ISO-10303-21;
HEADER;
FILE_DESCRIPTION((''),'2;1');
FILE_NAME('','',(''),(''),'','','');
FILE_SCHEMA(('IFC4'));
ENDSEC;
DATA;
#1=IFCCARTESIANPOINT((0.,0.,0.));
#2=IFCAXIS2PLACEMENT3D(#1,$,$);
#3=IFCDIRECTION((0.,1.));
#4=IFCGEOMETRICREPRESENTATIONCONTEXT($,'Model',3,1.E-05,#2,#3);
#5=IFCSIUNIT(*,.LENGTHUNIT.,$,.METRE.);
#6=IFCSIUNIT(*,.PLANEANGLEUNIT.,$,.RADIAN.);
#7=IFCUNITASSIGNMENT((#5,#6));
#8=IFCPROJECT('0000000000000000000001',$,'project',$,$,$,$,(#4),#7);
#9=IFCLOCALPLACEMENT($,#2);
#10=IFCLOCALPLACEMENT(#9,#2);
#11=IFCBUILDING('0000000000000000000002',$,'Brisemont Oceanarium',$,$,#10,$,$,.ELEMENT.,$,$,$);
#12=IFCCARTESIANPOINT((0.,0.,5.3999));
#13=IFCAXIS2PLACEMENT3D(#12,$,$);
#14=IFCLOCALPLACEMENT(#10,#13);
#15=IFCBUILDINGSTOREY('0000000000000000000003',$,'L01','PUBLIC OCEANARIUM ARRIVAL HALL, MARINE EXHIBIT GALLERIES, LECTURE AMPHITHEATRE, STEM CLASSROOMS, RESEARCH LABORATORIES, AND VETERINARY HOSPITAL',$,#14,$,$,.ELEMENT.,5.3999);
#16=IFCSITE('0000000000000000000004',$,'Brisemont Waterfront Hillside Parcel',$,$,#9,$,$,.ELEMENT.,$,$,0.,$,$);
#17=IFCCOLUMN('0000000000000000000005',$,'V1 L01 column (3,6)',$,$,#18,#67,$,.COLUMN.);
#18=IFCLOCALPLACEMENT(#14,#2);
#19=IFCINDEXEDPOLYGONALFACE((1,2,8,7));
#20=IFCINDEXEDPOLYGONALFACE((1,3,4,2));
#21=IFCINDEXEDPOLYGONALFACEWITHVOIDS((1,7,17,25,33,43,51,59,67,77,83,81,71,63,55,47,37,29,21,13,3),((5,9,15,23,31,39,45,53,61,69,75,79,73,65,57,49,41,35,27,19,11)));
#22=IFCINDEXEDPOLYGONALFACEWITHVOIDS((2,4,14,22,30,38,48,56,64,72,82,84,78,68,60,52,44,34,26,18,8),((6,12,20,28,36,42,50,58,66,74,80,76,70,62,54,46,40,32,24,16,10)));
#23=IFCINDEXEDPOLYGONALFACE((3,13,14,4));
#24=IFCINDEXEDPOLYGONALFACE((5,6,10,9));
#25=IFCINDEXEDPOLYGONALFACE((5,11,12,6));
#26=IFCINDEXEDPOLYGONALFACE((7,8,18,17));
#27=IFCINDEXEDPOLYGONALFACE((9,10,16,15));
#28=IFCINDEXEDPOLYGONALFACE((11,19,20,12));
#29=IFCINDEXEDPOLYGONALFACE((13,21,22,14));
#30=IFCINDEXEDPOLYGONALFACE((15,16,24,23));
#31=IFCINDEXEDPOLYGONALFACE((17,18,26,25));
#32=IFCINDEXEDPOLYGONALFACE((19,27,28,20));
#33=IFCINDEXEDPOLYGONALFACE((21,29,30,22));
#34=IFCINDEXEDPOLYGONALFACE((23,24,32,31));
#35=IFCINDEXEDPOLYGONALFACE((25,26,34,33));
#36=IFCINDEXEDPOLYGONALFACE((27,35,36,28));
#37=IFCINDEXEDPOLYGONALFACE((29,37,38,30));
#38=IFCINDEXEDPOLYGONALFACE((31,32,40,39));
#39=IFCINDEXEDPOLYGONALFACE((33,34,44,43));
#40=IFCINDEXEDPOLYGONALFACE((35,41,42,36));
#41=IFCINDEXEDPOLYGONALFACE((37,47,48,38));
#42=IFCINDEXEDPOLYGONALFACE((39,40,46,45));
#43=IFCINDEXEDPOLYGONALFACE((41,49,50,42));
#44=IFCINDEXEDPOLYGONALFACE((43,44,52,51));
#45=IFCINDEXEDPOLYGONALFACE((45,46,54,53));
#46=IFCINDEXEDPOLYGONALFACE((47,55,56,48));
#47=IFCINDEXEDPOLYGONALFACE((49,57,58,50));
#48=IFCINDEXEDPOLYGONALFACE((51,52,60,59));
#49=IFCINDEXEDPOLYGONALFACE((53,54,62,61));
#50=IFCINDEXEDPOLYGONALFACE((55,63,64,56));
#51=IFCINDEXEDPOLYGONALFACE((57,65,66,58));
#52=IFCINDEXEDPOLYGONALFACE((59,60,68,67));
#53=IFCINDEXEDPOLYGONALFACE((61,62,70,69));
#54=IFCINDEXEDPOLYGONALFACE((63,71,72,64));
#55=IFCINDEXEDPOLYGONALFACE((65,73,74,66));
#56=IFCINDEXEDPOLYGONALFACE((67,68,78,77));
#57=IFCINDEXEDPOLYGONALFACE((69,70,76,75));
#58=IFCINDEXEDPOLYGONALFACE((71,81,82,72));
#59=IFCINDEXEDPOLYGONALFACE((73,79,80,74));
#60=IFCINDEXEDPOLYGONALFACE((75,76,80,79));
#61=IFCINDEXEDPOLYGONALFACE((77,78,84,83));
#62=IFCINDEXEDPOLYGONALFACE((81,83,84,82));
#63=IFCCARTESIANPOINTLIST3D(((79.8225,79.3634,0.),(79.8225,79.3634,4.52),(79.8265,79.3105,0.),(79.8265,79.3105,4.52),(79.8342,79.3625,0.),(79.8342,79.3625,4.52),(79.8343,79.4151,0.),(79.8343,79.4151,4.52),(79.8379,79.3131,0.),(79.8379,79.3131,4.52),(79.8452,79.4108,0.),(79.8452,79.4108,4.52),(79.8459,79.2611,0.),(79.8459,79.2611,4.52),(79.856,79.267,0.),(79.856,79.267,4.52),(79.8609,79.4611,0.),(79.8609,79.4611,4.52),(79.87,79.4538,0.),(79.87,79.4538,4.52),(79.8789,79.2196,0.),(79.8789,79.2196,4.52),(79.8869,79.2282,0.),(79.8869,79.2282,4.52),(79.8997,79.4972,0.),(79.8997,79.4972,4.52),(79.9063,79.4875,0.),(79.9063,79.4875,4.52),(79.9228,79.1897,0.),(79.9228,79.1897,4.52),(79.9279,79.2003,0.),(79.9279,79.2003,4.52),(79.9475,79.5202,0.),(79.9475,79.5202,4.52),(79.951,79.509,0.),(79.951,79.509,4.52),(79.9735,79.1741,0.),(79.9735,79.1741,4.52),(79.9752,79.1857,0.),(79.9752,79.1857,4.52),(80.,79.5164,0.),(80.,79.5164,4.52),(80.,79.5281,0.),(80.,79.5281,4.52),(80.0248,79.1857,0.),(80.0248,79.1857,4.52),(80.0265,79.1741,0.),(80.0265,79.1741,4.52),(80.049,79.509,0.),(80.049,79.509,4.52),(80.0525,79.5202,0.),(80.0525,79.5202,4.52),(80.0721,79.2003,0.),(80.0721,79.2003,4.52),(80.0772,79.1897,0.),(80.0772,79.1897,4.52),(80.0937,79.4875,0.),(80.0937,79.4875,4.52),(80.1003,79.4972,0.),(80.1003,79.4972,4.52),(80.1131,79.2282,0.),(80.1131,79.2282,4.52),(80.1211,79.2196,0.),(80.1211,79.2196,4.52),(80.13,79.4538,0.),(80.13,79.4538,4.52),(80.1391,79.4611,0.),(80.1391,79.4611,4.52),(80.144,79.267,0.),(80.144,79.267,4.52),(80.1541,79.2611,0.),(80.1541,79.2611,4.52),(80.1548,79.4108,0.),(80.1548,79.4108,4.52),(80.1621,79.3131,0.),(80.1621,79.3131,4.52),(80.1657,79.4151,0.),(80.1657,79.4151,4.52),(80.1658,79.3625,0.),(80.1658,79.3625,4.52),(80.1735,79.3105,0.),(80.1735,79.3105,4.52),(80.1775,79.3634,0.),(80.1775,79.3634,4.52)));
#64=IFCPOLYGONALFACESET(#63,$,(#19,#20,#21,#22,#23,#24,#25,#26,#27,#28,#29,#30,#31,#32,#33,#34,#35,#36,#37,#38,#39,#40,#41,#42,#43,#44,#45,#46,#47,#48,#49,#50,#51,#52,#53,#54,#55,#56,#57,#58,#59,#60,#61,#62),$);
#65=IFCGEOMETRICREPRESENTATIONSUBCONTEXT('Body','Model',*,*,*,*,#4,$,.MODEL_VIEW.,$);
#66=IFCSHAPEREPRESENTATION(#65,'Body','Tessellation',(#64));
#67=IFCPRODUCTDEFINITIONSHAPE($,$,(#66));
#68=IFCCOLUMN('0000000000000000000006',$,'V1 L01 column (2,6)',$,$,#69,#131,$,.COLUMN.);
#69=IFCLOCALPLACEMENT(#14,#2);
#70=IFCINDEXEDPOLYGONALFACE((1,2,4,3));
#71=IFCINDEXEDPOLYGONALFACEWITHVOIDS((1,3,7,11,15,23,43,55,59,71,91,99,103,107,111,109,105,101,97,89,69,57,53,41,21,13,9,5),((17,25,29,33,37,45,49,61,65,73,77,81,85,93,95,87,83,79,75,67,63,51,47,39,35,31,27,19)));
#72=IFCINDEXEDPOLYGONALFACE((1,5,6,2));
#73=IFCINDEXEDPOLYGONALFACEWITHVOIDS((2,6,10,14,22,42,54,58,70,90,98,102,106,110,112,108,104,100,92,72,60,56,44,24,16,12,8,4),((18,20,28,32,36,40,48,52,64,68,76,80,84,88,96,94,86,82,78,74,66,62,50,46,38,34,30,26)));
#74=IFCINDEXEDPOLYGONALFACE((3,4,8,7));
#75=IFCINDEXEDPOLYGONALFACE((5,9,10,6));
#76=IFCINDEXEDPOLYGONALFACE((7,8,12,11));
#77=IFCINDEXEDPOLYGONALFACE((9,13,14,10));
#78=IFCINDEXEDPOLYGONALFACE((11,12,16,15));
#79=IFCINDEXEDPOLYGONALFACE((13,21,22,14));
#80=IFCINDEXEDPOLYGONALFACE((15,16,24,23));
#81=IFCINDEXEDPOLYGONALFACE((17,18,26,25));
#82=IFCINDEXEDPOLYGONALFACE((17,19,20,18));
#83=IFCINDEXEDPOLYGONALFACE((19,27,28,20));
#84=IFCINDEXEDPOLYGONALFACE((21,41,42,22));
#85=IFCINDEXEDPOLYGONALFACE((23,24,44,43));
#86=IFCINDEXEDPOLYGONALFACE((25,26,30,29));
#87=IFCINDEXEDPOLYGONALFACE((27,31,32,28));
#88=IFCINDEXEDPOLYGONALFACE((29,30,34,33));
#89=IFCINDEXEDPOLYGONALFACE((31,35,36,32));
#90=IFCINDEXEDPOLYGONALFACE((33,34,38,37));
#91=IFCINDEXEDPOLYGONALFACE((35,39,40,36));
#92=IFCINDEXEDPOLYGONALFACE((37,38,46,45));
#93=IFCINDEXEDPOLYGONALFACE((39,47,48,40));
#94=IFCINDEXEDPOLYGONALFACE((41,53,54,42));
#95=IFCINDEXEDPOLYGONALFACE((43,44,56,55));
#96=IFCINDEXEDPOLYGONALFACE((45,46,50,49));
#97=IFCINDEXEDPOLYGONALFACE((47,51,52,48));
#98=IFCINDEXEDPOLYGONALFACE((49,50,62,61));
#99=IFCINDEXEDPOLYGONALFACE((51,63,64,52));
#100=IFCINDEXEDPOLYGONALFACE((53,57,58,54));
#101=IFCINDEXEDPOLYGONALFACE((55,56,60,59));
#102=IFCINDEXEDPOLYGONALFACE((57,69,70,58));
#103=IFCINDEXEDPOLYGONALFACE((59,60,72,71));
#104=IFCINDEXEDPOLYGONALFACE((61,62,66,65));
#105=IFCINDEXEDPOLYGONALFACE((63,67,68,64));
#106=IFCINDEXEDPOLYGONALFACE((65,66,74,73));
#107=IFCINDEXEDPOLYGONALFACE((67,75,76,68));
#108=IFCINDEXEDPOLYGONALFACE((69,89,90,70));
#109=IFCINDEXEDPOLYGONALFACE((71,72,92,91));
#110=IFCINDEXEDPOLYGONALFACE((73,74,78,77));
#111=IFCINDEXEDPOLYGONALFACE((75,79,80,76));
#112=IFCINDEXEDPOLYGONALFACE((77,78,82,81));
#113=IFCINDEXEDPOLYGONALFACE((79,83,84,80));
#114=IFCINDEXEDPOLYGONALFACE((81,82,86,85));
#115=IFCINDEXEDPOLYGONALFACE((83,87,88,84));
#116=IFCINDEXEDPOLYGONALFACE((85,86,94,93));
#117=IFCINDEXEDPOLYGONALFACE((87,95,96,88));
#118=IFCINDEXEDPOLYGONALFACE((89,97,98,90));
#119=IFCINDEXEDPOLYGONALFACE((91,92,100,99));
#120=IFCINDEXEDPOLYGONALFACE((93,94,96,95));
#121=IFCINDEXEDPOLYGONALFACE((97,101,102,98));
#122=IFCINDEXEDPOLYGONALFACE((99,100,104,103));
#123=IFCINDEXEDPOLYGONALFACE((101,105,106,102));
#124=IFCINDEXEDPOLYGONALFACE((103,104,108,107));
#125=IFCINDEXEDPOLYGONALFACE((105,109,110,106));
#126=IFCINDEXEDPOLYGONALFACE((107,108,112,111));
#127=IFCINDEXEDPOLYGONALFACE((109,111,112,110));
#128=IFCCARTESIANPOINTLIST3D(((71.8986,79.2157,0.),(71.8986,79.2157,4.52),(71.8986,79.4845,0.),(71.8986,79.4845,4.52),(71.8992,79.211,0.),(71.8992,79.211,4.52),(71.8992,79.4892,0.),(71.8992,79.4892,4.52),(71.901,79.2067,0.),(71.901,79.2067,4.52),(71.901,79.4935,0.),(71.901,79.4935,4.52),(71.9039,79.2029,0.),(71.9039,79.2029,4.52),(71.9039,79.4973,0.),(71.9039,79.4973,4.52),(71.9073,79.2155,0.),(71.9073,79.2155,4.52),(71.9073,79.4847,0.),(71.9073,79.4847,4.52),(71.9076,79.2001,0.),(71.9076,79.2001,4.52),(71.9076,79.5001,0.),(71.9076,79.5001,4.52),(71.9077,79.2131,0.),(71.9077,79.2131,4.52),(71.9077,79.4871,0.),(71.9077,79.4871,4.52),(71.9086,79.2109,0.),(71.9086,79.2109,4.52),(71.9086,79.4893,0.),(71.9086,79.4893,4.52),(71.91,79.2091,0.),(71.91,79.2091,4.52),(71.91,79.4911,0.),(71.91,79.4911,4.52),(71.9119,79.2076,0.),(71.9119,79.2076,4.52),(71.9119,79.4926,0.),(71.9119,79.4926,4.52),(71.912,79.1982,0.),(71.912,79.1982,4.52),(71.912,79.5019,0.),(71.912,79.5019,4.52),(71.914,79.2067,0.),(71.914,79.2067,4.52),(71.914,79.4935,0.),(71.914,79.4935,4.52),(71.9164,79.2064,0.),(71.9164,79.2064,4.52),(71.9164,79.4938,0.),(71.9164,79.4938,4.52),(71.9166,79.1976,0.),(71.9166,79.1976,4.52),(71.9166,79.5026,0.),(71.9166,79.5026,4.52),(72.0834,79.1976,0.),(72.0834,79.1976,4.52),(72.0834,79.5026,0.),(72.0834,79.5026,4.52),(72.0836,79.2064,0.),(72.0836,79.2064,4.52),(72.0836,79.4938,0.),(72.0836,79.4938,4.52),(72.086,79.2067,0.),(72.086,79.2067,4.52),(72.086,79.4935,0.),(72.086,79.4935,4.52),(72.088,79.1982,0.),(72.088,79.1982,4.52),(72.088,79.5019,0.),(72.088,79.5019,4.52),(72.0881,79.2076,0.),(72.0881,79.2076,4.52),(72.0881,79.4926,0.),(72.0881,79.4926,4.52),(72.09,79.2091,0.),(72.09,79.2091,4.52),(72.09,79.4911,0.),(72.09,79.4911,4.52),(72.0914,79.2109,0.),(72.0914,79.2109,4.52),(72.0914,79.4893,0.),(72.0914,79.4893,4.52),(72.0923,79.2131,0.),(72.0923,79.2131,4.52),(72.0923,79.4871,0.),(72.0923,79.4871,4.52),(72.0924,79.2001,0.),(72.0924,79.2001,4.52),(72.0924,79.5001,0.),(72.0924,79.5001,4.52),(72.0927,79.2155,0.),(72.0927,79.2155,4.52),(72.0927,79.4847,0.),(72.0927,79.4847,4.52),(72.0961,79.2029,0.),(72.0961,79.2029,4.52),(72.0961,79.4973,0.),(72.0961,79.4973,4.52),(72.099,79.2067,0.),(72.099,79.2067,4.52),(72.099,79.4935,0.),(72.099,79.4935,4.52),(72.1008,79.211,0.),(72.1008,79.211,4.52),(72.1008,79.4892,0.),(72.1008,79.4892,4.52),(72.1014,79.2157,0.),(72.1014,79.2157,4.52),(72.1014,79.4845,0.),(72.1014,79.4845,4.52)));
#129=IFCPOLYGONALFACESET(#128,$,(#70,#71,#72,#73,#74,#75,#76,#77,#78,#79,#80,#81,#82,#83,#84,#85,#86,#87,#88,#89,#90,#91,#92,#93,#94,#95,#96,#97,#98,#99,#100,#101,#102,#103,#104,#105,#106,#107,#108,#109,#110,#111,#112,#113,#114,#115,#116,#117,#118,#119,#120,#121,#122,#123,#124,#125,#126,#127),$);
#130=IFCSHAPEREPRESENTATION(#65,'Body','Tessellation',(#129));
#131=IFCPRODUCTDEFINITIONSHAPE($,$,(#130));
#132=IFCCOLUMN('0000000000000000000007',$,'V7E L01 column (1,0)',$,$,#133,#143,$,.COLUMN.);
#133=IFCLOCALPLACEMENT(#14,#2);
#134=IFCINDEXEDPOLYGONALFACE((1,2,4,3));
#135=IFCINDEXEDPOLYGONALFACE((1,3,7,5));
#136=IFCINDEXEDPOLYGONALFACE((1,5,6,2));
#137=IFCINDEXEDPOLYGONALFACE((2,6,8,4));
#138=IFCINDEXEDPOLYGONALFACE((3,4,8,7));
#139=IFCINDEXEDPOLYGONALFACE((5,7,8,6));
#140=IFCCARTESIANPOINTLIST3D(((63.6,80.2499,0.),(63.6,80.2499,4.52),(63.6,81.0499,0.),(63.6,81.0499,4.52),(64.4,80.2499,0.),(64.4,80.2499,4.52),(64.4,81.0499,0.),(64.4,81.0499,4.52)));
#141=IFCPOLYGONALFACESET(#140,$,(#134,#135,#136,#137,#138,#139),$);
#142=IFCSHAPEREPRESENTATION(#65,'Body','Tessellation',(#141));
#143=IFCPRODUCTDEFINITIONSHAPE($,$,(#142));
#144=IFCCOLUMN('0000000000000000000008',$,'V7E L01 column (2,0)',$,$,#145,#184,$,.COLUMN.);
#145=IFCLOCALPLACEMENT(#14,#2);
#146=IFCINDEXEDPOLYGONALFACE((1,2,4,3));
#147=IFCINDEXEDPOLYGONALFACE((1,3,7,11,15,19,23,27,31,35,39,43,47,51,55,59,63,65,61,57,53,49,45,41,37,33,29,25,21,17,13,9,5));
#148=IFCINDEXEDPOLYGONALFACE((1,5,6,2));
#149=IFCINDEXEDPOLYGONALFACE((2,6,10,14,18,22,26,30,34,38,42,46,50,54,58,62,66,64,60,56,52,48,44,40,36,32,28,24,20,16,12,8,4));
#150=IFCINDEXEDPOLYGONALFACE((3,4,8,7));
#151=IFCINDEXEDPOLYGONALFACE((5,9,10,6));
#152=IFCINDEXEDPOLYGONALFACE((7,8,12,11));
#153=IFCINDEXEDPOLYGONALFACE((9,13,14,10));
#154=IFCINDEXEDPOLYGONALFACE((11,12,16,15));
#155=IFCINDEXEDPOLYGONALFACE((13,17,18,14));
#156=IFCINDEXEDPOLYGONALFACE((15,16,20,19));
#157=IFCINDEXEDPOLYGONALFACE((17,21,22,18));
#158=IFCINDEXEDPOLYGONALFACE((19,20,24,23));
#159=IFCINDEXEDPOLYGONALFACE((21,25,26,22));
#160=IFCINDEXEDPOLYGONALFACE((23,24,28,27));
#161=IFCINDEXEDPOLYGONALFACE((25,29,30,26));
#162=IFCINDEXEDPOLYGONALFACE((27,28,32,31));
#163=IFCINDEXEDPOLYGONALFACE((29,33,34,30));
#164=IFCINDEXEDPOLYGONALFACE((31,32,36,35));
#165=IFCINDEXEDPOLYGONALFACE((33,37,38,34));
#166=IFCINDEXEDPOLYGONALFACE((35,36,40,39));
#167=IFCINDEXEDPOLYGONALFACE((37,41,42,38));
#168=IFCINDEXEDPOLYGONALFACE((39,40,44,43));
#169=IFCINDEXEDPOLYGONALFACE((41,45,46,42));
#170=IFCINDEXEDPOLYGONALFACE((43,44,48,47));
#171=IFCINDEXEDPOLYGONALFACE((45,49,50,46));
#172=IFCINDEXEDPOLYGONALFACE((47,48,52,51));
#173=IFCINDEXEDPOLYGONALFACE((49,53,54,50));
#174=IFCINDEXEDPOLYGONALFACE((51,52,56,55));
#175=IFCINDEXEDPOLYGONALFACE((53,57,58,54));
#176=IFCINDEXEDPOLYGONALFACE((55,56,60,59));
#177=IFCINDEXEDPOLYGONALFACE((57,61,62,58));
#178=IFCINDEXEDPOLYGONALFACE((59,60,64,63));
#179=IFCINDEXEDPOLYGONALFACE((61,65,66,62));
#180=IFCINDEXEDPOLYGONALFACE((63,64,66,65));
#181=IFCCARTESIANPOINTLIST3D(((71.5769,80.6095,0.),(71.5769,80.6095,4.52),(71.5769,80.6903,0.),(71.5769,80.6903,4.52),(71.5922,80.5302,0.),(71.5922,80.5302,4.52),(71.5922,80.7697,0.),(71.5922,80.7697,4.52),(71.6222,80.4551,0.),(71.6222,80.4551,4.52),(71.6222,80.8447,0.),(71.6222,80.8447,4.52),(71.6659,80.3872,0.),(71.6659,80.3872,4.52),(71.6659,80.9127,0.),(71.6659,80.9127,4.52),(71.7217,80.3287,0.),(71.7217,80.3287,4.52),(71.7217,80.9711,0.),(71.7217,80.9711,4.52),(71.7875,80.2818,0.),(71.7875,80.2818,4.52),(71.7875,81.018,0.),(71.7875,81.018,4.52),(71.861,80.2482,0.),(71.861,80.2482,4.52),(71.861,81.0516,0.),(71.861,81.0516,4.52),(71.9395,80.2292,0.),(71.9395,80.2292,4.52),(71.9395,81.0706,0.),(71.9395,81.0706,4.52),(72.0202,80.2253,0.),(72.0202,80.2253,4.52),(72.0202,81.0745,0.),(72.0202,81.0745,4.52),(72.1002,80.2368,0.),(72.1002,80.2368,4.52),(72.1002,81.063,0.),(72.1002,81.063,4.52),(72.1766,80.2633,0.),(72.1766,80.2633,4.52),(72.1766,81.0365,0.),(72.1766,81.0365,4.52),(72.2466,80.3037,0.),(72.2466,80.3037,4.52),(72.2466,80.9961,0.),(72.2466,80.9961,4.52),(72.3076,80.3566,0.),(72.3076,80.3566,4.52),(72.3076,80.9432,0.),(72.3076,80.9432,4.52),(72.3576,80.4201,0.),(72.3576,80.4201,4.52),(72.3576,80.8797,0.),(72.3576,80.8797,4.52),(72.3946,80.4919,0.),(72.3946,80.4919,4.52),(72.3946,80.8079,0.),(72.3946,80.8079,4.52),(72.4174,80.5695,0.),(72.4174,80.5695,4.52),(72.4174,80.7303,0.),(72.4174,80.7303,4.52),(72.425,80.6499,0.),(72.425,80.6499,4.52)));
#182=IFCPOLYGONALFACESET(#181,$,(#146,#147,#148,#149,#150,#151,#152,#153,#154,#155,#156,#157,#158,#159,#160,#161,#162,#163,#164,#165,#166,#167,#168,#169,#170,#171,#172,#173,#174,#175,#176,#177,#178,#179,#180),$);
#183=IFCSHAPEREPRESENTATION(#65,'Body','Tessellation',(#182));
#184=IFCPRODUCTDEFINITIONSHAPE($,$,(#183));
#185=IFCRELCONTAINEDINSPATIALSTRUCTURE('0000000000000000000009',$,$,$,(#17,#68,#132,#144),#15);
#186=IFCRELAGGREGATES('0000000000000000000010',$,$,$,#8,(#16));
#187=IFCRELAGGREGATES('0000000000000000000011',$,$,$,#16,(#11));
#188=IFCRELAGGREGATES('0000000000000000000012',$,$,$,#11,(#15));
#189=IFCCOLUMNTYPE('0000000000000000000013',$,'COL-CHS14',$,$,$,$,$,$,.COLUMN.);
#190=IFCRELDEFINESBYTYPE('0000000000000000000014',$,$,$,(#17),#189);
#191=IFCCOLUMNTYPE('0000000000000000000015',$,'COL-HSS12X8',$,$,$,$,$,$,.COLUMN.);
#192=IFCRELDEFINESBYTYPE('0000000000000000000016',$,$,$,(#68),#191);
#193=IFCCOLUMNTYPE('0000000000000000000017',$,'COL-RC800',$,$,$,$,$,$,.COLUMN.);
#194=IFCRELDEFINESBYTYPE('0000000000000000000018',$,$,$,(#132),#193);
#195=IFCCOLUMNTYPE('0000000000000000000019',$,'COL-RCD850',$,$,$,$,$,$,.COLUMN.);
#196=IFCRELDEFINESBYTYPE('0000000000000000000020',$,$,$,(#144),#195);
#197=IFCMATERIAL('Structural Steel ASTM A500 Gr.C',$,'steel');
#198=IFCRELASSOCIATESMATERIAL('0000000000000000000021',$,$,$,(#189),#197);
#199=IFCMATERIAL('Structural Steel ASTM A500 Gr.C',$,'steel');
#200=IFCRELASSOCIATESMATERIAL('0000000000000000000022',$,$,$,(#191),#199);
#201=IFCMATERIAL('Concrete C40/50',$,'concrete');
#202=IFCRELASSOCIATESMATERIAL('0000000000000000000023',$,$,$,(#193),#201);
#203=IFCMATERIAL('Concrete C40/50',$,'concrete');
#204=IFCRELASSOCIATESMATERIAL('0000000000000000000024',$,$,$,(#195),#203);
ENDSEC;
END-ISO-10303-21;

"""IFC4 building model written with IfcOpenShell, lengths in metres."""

from ifc_helpers import new_model, si_unit, direction, frame, origin, origin_2d, place, context, subcontext, project, spatial, rectangle, hollow_rectangle, circle, hollow_circle, extrude, material, material_profile, profile_set, type_object, element, save


model = new_model("IFC4")

# Units and contexts
model_context = context("Model", 3, precision=1e-05, world=origin(), true_north=direction((0.0, 1.0)))
body_context = subcontext(model_context, "Body", "Model", "MODEL_VIEW")
ifc_project = project(units=[si_unit("LENGTHUNIT", "METRE"), si_unit("PLANEANGLEUNIT", "RADIAN")], contexts=[model_context])

# Site, building, storey
site_placement = place(None, origin())
site = spatial("IfcSite", under=ifc_project, at=site_placement, Name="Brisemont Waterfront Hillside Parcel", CompositionType="ELEMENT", RefElevation=0.0)
building_placement = place(site_placement, origin())
building = spatial("IfcBuilding", under=site, at=building_placement, Name="Brisemont Oceanarium", CompositionType="ELEMENT")
storey_placement = place(building_placement, frame((0.0, 0.0, 5.3999)))
storey = spatial("IfcBuildingStorey", under=building, at=storey_placement, Name="L01", Description="PUBLIC OCEANARIUM ARRIVAL HALL, MARINE EXHIBIT GALLERIES, LECTURE AMPHITHEATRE, STEM CLASSROOMS, RESEARCH LABORATORIES, AND VETERINARY HOSPITAL", CompositionType="ELEMENT", Elevation=5.3999)

# Columns
ifc_material_1 = material(Name="Structural Steel ASTM A500 Gr.C", Category="steel")
ifc_material_profile_1 = material_profile(ifc_material_1, hollow_circle(Radius=0.178, WallThickness=0.0117, at=origin_2d()), Name="HSS14.000X0.500")
ifc_profile_set_1 = profile_set([ifc_material_profile_1], Name="Structural Steel ASTM A500 Gr.C")
column_type_1 = type_object("IfcColumnType", Name="COL-CHS14", PredefinedType="COLUMN", material=ifc_profile_set_1)
column_1_placement = place(storey_placement, frame((80.0, 79.3501, 0.0), z_axis=(0.0, 0.0, 1.0), x_axis=(0.0, 1.0, 0.0)))
element("IfcColumn", 1, at=column_1_placement, inside=storey, type_object=column_type_1, Name="V1 L01 column (3,6)", PredefinedType="COLUMN", context=body_context, shape_type="SweptSolid", body=[
    extrude(hollow_circle(Radius=0.178, WallThickness=0.0117, at=origin_2d()), origin(), (0.0, 0.0, 1.0), 4.52),
])
ifc_material_2 = material(Name="Structural Steel ASTM A500 Gr.C", Category="steel")
ifc_material_profile_2 = material_profile(ifc_material_2, hollow_rectangle(XDim=0.2029, YDim=0.3049, WallThickness=0.0088, InnerFilletRadius=0.009, OuterFilletRadius=0.0181, at=origin_2d()), Name="HSS12X8X3/8")
ifc_profile_set_2 = profile_set([ifc_material_profile_2], Name="Structural Steel ASTM A500 Gr.C")
column_type_2 = type_object("IfcColumnType", Name="COL-HSS12X8", PredefinedType="COLUMN", material=ifc_profile_set_2)
column_2_placement = place(storey_placement, frame((72.0, 79.3501, 0.0), z_axis=(0.0, 0.0, 1.0), x_axis=(1.0, 0.0, 0.0)))
element("IfcColumn", 2, at=column_2_placement, inside=storey, type_object=column_type_2, Name="V1 L01 column (2,6)", PredefinedType="COLUMN", context=body_context, shape_type="SweptSolid", body=[
    extrude(hollow_rectangle(XDim=0.2029, YDim=0.3049, WallThickness=0.0088, InnerFilletRadius=0.009, OuterFilletRadius=0.0181, at=origin_2d()), origin(), (0.0, 0.0, 1.0), 4.52),
])
ifc_material_3 = material(Name="Concrete C40/50", Category="concrete")
ifc_material_profile_3 = material_profile(ifc_material_3, rectangle(XDim=0.8, YDim=0.8, at=origin_2d()), Name="RC-COL-800X800")
ifc_profile_set_3 = profile_set([ifc_material_profile_3], Name="Concrete C40/50")
column_type_3 = type_object("IfcColumnType", Name="COL-RC800", PredefinedType="COLUMN", material=ifc_profile_set_3)
column_3_placement = place(storey_placement, frame((64.0, 80.6499, 0.0), z_axis=(0.0, 0.0, 1.0), x_axis=(0.0, 1.0, 0.0)))
element("IfcColumn", 3, at=column_3_placement, inside=storey, type_object=column_type_3, Name="V7E L01 column (1,0)", PredefinedType="COLUMN", context=body_context, shape_type="SweptSolid", body=[
    extrude(rectangle(XDim=0.8, YDim=0.8, at=origin_2d()), origin(), (0.0, 0.0, 1.0), 4.52),
])
ifc_material_4 = material(Name="Concrete C40/50", Category="concrete")
ifc_material_profile_4 = material_profile(ifc_material_4, circle(Radius=0.425, at=origin_2d()), Name="RC-COL-D850")
ifc_profile_set_4 = profile_set([ifc_material_profile_4], Name="Concrete C40/50")
column_type_4 = type_object("IfcColumnType", Name="COL-RCD850", PredefinedType="COLUMN", material=ifc_profile_set_4)
column_4_placement = place(storey_placement, frame((72.0, 80.6499, 0.0), z_axis=(0.0, 0.0, 1.0), x_axis=(1.0, 0.0, 0.0)))
element("IfcColumn", 4, at=column_4_placement, inside=storey, type_object=column_type_4, Name="V7E L01 column (2,0)", PredefinedType="COLUMN", context=body_context, shape_type="SweptSolid", body=[
    extrude(circle(Radius=0.425, at=origin_2d()), origin(), (0.0, 0.0, 1.0), 4.52),
])

save(model, "model.ifc")
